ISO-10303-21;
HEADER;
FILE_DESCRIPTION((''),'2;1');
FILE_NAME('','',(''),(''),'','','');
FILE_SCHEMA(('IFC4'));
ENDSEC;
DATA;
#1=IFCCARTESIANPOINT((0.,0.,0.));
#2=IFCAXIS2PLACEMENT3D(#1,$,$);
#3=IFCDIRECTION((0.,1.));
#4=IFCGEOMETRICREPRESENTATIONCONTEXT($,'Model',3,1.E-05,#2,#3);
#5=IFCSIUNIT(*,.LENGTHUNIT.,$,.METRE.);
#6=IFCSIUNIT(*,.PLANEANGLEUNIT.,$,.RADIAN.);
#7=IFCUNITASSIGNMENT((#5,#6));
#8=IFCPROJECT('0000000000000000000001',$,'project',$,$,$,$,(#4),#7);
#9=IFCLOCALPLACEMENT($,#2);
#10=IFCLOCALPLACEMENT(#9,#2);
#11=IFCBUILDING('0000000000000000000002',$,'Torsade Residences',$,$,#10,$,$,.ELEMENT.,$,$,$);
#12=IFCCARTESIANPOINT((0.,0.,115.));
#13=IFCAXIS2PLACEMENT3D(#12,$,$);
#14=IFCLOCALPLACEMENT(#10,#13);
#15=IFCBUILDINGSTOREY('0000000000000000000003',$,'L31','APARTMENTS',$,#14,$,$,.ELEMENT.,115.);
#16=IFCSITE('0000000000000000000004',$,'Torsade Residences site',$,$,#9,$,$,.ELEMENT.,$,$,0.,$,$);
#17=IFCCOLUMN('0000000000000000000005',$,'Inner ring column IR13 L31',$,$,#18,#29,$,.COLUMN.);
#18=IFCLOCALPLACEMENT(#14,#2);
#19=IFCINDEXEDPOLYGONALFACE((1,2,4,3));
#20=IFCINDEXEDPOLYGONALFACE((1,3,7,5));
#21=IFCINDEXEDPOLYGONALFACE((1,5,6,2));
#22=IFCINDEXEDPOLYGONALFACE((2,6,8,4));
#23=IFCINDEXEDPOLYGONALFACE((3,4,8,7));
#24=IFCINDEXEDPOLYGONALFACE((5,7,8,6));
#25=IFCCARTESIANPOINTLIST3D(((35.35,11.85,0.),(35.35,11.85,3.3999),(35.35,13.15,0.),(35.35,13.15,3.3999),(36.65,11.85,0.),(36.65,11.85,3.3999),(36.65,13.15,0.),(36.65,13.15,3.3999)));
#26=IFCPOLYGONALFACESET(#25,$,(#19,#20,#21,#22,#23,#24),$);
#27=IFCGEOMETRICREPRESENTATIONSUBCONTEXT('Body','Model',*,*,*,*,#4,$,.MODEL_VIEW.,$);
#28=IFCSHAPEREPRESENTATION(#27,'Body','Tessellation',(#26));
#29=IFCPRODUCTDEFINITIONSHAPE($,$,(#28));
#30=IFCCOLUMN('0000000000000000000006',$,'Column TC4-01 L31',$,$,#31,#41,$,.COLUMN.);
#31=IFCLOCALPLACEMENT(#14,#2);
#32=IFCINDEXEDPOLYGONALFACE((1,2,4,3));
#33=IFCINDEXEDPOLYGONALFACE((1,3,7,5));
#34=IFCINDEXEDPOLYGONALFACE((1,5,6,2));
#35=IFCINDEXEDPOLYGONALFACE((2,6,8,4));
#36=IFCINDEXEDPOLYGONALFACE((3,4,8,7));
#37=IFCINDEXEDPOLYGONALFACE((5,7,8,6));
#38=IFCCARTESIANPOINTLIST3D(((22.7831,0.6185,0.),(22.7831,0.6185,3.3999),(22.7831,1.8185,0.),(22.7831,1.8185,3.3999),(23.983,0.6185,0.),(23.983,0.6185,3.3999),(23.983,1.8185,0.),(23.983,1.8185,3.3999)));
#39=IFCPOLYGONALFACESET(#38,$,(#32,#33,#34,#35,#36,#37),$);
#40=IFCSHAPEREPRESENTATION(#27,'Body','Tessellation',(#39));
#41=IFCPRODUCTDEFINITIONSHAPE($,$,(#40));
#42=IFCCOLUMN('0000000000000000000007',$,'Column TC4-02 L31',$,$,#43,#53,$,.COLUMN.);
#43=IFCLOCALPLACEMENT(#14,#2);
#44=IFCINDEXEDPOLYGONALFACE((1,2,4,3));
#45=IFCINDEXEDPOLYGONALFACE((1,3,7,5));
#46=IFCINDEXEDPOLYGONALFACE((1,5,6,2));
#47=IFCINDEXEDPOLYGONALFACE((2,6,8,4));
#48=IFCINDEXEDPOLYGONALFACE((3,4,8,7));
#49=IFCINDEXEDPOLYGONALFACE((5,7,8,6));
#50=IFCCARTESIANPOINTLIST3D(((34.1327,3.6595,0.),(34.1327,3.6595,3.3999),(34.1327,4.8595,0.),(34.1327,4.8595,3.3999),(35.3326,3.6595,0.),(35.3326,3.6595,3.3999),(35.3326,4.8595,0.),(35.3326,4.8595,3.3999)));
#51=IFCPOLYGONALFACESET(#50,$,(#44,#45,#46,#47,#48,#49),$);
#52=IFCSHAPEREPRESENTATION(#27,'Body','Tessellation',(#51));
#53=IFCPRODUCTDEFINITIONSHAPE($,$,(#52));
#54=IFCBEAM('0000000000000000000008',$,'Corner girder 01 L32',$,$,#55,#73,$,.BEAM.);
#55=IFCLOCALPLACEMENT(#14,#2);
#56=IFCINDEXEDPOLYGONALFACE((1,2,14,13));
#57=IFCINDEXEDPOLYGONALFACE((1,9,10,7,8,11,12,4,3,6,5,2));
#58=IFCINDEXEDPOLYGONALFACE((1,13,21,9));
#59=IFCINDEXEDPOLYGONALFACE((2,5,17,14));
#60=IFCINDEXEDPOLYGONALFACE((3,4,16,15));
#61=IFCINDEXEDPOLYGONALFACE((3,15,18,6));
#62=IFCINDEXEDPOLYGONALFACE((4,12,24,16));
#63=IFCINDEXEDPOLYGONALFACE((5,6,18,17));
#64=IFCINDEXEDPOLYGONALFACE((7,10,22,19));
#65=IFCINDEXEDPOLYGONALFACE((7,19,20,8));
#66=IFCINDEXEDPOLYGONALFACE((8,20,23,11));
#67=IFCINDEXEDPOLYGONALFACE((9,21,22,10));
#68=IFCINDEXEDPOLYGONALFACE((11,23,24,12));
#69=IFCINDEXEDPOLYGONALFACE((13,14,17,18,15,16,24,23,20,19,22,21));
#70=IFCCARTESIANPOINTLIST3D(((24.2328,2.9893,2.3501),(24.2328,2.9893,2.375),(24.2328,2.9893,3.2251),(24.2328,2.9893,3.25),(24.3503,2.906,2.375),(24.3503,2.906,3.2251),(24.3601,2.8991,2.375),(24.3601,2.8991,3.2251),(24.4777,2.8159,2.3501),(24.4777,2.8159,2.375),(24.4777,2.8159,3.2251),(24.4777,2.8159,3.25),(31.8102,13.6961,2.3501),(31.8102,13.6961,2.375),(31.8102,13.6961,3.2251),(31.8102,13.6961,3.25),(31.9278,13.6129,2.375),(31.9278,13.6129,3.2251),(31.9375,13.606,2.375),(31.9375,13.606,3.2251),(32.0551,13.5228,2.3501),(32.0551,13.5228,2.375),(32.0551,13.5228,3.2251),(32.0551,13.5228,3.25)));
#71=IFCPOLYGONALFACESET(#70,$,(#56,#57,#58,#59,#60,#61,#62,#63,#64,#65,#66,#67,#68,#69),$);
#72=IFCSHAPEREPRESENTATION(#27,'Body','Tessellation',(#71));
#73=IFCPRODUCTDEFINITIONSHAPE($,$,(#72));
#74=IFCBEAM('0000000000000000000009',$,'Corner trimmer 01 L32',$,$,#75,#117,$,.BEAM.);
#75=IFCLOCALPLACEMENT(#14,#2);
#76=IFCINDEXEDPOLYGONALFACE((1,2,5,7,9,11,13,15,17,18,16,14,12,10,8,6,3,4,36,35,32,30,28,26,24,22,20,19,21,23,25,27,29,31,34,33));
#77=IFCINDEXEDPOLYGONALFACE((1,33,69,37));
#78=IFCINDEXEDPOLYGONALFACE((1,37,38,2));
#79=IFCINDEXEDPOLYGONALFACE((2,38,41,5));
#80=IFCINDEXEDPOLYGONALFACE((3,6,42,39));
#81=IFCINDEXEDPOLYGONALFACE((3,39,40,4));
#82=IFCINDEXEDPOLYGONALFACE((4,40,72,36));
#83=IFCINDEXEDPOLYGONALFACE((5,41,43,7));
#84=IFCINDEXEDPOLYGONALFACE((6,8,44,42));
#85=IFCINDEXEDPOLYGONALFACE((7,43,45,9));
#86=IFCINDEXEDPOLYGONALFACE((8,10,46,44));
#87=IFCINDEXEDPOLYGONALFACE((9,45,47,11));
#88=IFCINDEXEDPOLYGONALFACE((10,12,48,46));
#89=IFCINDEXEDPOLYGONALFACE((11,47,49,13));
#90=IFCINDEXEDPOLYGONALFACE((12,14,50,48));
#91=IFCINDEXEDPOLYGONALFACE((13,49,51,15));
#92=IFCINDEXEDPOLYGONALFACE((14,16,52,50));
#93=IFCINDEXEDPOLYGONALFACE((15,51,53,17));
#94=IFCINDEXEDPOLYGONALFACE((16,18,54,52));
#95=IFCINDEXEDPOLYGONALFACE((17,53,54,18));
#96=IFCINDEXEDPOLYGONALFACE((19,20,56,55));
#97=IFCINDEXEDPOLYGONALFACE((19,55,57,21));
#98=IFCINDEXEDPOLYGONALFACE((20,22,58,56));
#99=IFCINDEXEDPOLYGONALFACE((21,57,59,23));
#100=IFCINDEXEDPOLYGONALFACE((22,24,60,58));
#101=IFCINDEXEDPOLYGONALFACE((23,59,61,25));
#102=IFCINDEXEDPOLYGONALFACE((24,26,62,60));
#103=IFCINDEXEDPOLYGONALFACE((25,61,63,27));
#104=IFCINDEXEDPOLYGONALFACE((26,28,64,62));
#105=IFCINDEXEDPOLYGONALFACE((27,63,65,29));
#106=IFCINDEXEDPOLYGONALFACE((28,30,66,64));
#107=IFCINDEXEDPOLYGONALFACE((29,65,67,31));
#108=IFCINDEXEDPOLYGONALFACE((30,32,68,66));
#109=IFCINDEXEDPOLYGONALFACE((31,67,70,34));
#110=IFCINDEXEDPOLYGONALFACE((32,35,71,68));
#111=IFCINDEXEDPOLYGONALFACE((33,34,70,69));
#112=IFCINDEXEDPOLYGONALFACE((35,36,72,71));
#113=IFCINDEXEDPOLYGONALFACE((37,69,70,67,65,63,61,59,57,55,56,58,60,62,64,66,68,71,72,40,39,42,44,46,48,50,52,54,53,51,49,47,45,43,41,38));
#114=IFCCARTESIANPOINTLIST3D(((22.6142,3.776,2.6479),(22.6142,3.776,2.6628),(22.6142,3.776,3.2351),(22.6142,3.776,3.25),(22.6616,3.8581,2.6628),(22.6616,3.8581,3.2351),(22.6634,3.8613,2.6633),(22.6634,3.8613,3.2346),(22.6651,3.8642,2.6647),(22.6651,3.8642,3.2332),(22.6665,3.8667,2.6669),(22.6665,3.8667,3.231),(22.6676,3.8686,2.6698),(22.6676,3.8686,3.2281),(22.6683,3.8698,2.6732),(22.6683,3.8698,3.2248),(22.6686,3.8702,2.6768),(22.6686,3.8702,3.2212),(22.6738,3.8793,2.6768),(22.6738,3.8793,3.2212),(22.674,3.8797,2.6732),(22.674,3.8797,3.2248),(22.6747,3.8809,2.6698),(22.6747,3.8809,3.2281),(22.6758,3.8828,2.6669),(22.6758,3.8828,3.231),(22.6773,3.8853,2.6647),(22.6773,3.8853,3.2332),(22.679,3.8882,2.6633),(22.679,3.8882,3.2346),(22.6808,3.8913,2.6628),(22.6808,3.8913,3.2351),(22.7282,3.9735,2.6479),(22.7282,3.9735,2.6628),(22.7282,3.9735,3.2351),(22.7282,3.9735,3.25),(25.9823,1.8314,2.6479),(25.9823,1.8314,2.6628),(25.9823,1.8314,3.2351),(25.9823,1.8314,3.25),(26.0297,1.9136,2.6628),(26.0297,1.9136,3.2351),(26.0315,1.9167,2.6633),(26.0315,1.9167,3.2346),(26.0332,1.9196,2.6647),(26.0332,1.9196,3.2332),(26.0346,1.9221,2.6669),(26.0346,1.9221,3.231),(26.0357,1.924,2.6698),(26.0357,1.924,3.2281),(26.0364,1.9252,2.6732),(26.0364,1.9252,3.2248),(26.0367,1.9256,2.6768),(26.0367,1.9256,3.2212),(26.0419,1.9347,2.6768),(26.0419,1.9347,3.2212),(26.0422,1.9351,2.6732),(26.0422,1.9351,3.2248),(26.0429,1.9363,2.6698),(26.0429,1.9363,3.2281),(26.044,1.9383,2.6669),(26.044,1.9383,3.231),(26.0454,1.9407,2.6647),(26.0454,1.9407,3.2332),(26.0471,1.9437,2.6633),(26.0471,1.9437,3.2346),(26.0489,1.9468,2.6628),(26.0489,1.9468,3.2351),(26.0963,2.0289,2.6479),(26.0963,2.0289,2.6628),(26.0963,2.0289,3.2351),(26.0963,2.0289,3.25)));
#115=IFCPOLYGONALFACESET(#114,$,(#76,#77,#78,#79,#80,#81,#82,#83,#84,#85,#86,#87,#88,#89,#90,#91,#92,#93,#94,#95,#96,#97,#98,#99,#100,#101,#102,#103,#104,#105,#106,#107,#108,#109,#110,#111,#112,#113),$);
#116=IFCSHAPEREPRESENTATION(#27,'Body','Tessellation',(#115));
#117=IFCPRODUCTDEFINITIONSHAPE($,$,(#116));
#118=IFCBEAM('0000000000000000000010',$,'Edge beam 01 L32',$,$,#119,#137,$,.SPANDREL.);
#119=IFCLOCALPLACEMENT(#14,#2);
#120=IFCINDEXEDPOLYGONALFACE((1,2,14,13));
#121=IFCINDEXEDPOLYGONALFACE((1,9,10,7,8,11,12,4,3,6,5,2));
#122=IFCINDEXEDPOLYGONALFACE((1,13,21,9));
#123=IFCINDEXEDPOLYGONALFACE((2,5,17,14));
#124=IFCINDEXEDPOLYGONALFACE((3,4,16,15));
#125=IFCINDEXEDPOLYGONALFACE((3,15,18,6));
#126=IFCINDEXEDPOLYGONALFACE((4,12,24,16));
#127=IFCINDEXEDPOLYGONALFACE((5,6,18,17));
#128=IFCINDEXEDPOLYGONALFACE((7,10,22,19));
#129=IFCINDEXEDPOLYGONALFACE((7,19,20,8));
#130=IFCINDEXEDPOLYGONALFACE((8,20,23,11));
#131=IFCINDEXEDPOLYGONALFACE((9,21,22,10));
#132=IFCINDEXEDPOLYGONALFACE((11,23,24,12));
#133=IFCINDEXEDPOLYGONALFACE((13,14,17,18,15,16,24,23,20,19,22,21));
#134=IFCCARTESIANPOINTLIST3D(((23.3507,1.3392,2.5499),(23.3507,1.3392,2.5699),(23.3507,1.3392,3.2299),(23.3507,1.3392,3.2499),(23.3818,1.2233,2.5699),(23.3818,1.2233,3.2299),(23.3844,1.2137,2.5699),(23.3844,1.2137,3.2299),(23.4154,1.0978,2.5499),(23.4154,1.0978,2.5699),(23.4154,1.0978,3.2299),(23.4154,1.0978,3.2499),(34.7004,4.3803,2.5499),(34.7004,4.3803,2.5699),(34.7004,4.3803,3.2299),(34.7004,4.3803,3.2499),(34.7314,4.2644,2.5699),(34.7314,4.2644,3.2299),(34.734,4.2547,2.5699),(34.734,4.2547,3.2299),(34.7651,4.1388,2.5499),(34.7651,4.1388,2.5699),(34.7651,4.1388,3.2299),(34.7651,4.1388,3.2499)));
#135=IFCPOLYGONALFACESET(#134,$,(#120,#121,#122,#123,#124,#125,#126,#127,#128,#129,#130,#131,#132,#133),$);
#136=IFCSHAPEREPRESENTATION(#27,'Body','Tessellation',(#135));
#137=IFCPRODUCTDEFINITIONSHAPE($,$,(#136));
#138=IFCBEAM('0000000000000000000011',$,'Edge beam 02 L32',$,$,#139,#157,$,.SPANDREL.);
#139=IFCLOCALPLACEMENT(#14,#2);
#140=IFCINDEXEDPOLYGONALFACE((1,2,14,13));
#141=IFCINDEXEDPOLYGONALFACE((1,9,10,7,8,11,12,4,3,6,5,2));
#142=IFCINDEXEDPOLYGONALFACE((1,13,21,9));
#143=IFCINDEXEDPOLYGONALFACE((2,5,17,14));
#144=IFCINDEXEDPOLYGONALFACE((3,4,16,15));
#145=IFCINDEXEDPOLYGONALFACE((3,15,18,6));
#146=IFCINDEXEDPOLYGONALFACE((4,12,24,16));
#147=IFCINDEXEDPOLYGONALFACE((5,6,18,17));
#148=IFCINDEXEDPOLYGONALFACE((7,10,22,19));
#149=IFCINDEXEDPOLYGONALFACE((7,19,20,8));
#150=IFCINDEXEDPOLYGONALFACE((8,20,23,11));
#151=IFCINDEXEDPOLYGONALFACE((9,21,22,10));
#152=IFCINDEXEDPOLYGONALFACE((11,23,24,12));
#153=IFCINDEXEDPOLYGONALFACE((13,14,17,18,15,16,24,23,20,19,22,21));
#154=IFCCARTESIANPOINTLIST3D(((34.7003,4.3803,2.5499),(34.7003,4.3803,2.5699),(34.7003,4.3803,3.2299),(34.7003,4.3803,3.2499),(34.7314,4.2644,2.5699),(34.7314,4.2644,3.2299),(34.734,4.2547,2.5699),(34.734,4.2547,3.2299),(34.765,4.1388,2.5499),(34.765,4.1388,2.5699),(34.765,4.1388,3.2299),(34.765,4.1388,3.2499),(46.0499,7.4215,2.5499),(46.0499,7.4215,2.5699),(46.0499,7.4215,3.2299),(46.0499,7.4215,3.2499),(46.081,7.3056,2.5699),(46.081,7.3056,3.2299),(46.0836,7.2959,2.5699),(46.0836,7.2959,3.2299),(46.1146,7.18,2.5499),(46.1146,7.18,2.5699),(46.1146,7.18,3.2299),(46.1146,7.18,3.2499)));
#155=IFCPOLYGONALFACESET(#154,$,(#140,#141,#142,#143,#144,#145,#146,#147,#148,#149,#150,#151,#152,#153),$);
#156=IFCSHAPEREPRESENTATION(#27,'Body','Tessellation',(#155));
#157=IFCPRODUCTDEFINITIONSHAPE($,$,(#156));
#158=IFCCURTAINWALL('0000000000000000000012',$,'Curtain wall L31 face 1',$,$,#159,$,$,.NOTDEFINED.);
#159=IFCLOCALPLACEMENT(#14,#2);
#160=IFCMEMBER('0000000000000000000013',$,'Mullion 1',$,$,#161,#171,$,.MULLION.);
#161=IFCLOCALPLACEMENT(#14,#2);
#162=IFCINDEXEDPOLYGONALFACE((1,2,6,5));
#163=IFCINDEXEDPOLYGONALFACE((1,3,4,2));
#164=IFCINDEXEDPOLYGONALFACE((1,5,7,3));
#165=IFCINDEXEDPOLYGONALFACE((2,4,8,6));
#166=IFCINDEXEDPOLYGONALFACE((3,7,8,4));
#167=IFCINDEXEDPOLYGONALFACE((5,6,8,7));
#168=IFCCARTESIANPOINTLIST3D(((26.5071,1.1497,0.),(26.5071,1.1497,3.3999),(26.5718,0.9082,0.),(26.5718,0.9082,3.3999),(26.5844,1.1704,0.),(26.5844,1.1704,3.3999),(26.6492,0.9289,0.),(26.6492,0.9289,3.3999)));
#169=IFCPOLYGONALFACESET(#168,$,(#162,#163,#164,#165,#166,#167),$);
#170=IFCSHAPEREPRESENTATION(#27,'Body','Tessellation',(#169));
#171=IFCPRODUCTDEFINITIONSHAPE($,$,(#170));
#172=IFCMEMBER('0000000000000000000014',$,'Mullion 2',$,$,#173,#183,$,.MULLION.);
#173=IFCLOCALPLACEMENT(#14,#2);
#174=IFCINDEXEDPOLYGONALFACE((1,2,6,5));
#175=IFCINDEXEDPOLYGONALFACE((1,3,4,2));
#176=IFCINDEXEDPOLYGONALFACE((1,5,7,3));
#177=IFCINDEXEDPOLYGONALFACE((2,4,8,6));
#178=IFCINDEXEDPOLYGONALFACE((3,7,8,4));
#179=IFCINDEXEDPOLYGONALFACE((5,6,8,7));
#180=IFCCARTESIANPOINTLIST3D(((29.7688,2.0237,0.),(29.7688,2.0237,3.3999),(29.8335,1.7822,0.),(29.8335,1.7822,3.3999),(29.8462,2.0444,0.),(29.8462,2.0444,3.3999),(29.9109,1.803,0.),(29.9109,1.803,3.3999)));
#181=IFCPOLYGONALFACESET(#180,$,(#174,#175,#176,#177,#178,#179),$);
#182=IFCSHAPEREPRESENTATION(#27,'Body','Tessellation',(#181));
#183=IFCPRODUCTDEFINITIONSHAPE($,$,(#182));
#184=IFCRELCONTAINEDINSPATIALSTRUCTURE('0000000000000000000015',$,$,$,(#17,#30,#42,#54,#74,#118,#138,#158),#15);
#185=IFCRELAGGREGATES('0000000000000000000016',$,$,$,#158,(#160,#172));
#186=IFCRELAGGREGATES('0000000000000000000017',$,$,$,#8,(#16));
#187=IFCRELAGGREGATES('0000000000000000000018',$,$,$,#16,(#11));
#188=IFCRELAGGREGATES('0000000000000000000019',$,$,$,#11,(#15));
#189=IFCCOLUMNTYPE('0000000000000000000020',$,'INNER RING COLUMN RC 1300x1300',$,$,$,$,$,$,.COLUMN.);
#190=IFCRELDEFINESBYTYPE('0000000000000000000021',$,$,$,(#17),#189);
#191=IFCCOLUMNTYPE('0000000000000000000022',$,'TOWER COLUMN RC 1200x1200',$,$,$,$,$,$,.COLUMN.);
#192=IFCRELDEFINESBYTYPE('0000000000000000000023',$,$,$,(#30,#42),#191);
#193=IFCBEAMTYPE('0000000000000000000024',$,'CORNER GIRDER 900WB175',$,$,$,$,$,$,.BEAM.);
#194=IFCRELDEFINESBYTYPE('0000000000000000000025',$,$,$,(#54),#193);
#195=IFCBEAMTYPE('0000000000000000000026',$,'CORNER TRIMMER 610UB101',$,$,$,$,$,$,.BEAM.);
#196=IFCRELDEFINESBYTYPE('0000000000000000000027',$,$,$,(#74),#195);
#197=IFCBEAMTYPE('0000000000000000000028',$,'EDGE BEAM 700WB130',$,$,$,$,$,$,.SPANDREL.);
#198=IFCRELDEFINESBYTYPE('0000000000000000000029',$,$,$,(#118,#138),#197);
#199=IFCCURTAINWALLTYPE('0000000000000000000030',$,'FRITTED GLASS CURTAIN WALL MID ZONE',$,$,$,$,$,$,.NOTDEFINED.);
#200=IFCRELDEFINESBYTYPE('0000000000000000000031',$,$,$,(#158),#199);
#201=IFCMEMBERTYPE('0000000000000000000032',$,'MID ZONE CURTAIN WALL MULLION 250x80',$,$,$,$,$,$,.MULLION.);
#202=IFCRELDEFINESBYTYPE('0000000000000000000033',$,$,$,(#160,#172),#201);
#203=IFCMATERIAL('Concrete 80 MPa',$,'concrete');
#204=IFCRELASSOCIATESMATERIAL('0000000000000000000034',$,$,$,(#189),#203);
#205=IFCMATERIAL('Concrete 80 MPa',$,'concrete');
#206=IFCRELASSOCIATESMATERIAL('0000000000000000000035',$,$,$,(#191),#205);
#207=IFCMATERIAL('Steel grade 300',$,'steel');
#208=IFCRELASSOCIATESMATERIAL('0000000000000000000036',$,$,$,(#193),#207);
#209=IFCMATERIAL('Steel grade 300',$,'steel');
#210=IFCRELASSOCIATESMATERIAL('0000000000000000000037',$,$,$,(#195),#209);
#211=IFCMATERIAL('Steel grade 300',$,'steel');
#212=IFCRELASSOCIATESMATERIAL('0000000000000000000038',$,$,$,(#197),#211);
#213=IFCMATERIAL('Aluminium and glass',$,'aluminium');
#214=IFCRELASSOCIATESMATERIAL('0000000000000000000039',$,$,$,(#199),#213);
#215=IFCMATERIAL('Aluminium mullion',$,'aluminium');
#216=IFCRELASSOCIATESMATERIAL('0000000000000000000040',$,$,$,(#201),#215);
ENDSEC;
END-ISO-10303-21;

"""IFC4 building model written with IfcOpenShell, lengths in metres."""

from ifc_helpers import new_model, si_unit, direction, frame, origin, origin_2d, place, context, subcontext, project, spatial, rectangle, i_section, extrude, material, material_profile, profile_set, type_object, element, aggregate, save


model = new_model("IFC4")

# Units and contexts
model_context = context("Model", 3, precision=1e-05, world=origin(), true_north=direction((0.0, 1.0)))
body_context = subcontext(model_context, "Body", "Model", "MODEL_VIEW")
ifc_project = project(units=[si_unit("LENGTHUNIT", "METRE"), si_unit("PLANEANGLEUNIT", "RADIAN")], contexts=[model_context])

# Site, building, storey
site_placement = place(None, origin())
site = spatial("IfcSite", under=ifc_project, at=site_placement, Name="Torsade Residences site", CompositionType="ELEMENT", RefElevation=0.0)
building_placement = place(site_placement, origin())
building = spatial("IfcBuilding", under=site, at=building_placement, Name="Torsade Residences", CompositionType="ELEMENT")
storey_placement = place(building_placement, frame((0.0, 0.0, 115.0)))
storey = spatial("IfcBuildingStorey", under=building, at=storey_placement, Name="L31", Description="APARTMENTS", CompositionType="ELEMENT", Elevation=115.0)

# Columns
ifc_material_1 = material(Name="Concrete 80 MPa", Category="concrete")
ifc_material_profile_1 = material_profile(ifc_material_1, rectangle(XDim=1.3, YDim=1.3, at=origin_2d()), Name="RC 1300x1300")
ifc_profile_set_1 = profile_set([ifc_material_profile_1], Name="Concrete 80 MPa")
column_type_1 = type_object("IfcColumnType", Name="INNER RING COLUMN RC 1300x1300", PredefinedType="COLUMN", material=ifc_profile_set_1)
column_placement = place(storey_placement, frame((36.0, 12.5, 0.0), z_axis=(0.0, 0.0, 1.0), x_axis=(1.0, 0.0, 0.0)))
element("IfcColumn", 1, at=column_placement, inside=storey, type_object=column_type_1, Name="Inner ring column IR13 L31", PredefinedType="COLUMN", context=body_context, shape_type="SweptSolid", body=[
    extrude(rectangle(XDim=1.3, YDim=1.3, at=origin_2d()), origin(), (0.0, 0.0, 1.0), 3.3999),
])
ifc_material_2 = material(Name="Concrete 80 MPa", Category="concrete")
ifc_material_profile_2 = material_profile(ifc_material_2, rectangle(XDim=1.2, YDim=1.2, at=origin_2d()), Name="RC 1200x1200")
ifc_profile_set_2 = profile_set([ifc_material_profile_2], Name="Concrete 80 MPa")
column_type_2 = type_object("IfcColumnType", Name="TOWER COLUMN RC 1200x1200", PredefinedType="COLUMN", material=ifc_profile_set_2)
for number, where, z_axis, x_axis, name in (
    (2, (23.3831, 1.2185, 0.0), (0.0, 0.0, 1.0), (1.0, 0.0, 0.0), "Column TC4-01 L31"),
    (3, (34.7327, 4.2595, 0.0), (0.0, 0.0, 1.0), (1.0, 0.0, 0.0), "Column TC4-02 L31"),
):
    element("IfcColumn", number, at=place(storey_placement, frame(where, z_axis=z_axis, x_axis=x_axis)), inside=storey, type_object=column_type_2, Name=name, PredefinedType="COLUMN", context=body_context, shape_type="SweptSolid", body=[
        extrude(rectangle(XDim=1.2, YDim=1.2, at=origin_2d()), origin(), (0.0, 0.0, 1.0), 3.3999),
    ])

# Beams
ifc_material_3 = material(Name="Steel grade 300", Category="steel")
ifc_material_profile_3 = material_profile(ifc_material_3, i_section(OverallWidth=0.3, OverallDepth=0.8999, WebThickness=0.012, FlangeThickness=0.0249, at=origin_2d()), Name="900WB175")
ifc_profile_set_3 = profile_set([ifc_material_profile_3], Name="Steel grade 300")
beam_type_1 = type_object("IfcBeamType", Name="CORNER GIRDER 900WB175", PredefinedType="BEAM", material=ifc_profile_set_3)
beam_1_placement = place(storey_placement, frame((24.3552, 2.9026, 2.8), z_axis=(0.577683, 0.816261, 0.0), x_axis=(-0.816261, 0.577683, 0.0)))
element("IfcBeam", 4, at=beam_1_placement, inside=storey, type_object=beam_type_1, Name="Corner girder 01 L32", PredefinedType="BEAM", context=body_context, shape_type="SweptSolid", body=[
    extrude(i_section(OverallWidth=0.3, OverallDepth=0.8999, WebThickness=0.012, FlangeThickness=0.0249, at=origin_2d()), origin(), (0.0, 0.0, 1.0), 13.1169),
])
ifc_material_4 = material(Name="Steel grade 300", Category="steel")
ifc_material_profile_4 = material_profile(ifc_material_4, i_section(OverallWidth=0.228, OverallDepth=0.6021, WebThickness=0.0105, FlangeThickness=0.0149, FilletRadius=0.0139, at=origin_2d()), Name="610UB101")
ifc_profile_set_4 = profile_set([ifc_material_profile_4], Name="Steel grade 300")
beam_type_2 = type_object("IfcBeamType", Name="CORNER TRIMMER 610UB101", PredefinedType="BEAM", material=ifc_profile_set_4)
beam_2_placement = place(storey_placement, frame((26.0393, 1.9302, 2.949), z_axis=(-0.866029, 0.499994, 0.0), x_axis=(-0.499994, -0.866029, 0.0)))
element("IfcBeam", 5, at=beam_2_placement, inside=storey, type_object=beam_type_2, Name="Corner trimmer 01 L32", PredefinedType="BEAM", context=body_context, shape_type="SweptSolid", body=[
    extrude(i_section(OverallWidth=0.228, OverallDepth=0.6021, WebThickness=0.0105, FlangeThickness=0.0149, FilletRadius=0.0139, at=origin_2d()), origin(), (0.0, 0.0, 1.0), 3.8892),
])
ifc_material_5 = material(Name="Steel grade 300", Category="steel")
ifc_material_profile_5 = material_profile(ifc_material_5, i_section(OverallWidth=0.25, OverallDepth=0.7, WebThickness=0.01, FlangeThickness=0.02, at=origin_2d()), Name="700WB130")
ifc_profile_set_5 = profile_set([ifc_material_profile_5], Name="Steel grade 300")
beam_type_3 = type_object("IfcBeamType", Name="EDGE BEAM 700WB130", PredefinedType="SPANDREL", material=ifc_profile_set_5)
for number, where, z_axis, x_axis, name in (
    (6, (23.3831, 1.2185, 2.8999), (0.965928, 0.258811, 0.0), (-0.258811, 0.965928, 0.0), "Edge beam 01 L32"),
    (7, (34.7327, 4.2595, 2.8999), (0.965923, 0.25883, 0.0), (-0.25883, 0.965923, 0.0), "Edge beam 02 L32"),
):
    element("IfcBeam", number, at=place(storey_placement, frame(where, z_axis=z_axis, x_axis=x_axis)), inside=storey, type_object=beam_type_3, Name=name, PredefinedType="SPANDREL", context=body_context, shape_type="SweptSolid", body=[
        extrude(i_section(OverallWidth=0.25, OverallDepth=0.7, WebThickness=0.01, FlangeThickness=0.02, at=origin_2d()), origin(), (0.0, 0.0, 1.0), 11.75),
    ])

# Curtain wall, members
ifc_material_6 = material(Name="Aluminium and glass", Category="aluminium")
curtain_wall_type = type_object("IfcCurtainWallType", Name="FRITTED GLASS CURTAIN WALL MID ZONE", PredefinedType="NOTDEFINED", material=ifc_material_6)
curtain_wall_placement = place(storey_placement, origin())
curtain_wall = element("IfcCurtainWall", 8, at=curtain_wall_placement, inside=storey, type_object=curtain_wall_type, Name="Curtain wall L31 face 1", PredefinedType="NOTDEFINED")
ifc_material_7 = material(Name="Aluminium mullion", Category="aluminium")
ifc_material_profile_6 = material_profile(ifc_material_7, rectangle(XDim=0.25, YDim=0.0801, at=origin_2d()), Name="MID ZONE CURTAIN WALL MULLION 250x80")
ifc_profile_set_6 = profile_set([ifc_material_profile_6], Name="Aluminium mullion")
member_type_1 = type_object("IfcMemberType", Name="MID ZONE CURTAIN WALL MULLION 250x80", PredefinedType="MULLION", material=ifc_profile_set_6)
member_1_placement = place(storey_placement, frame((26.5781, 1.0393, 0.0), z_axis=(0.0, 0.0, 1.0), x_axis=(-0.258819, 0.965926, 0.0)))
member_1 = element("IfcMember", 9, at=member_1_placement, type_object=member_type_1, Name="Mullion 1", PredefinedType="MULLION", context=body_context, shape_type="SweptSolid", body=[
    extrude(rectangle(XDim=0.25, YDim=0.0801, at=origin_2d()), origin(), (0.0, 0.0, 1.0), 3.3999),
])
member_2_placement = place(storey_placement, frame((29.8398, 1.9133, 0.0), z_axis=(0.0, 0.0, 1.0), x_axis=(-0.258819, 0.965926, 0.0)))
member_2 = element("IfcMember", 10, at=member_2_placement, type_object=member_type_1, Name="Mullion 2", PredefinedType="MULLION", context=body_context, shape_type="SweptSolid", body=[
    extrude(rectangle(XDim=0.25, YDim=0.0801, at=origin_2d()), origin(), (0.0, 0.0, 1.0), 3.3999),
])

aggregate(curtain_wall, [member_1, member_2])

save(model, "model.ifc")
